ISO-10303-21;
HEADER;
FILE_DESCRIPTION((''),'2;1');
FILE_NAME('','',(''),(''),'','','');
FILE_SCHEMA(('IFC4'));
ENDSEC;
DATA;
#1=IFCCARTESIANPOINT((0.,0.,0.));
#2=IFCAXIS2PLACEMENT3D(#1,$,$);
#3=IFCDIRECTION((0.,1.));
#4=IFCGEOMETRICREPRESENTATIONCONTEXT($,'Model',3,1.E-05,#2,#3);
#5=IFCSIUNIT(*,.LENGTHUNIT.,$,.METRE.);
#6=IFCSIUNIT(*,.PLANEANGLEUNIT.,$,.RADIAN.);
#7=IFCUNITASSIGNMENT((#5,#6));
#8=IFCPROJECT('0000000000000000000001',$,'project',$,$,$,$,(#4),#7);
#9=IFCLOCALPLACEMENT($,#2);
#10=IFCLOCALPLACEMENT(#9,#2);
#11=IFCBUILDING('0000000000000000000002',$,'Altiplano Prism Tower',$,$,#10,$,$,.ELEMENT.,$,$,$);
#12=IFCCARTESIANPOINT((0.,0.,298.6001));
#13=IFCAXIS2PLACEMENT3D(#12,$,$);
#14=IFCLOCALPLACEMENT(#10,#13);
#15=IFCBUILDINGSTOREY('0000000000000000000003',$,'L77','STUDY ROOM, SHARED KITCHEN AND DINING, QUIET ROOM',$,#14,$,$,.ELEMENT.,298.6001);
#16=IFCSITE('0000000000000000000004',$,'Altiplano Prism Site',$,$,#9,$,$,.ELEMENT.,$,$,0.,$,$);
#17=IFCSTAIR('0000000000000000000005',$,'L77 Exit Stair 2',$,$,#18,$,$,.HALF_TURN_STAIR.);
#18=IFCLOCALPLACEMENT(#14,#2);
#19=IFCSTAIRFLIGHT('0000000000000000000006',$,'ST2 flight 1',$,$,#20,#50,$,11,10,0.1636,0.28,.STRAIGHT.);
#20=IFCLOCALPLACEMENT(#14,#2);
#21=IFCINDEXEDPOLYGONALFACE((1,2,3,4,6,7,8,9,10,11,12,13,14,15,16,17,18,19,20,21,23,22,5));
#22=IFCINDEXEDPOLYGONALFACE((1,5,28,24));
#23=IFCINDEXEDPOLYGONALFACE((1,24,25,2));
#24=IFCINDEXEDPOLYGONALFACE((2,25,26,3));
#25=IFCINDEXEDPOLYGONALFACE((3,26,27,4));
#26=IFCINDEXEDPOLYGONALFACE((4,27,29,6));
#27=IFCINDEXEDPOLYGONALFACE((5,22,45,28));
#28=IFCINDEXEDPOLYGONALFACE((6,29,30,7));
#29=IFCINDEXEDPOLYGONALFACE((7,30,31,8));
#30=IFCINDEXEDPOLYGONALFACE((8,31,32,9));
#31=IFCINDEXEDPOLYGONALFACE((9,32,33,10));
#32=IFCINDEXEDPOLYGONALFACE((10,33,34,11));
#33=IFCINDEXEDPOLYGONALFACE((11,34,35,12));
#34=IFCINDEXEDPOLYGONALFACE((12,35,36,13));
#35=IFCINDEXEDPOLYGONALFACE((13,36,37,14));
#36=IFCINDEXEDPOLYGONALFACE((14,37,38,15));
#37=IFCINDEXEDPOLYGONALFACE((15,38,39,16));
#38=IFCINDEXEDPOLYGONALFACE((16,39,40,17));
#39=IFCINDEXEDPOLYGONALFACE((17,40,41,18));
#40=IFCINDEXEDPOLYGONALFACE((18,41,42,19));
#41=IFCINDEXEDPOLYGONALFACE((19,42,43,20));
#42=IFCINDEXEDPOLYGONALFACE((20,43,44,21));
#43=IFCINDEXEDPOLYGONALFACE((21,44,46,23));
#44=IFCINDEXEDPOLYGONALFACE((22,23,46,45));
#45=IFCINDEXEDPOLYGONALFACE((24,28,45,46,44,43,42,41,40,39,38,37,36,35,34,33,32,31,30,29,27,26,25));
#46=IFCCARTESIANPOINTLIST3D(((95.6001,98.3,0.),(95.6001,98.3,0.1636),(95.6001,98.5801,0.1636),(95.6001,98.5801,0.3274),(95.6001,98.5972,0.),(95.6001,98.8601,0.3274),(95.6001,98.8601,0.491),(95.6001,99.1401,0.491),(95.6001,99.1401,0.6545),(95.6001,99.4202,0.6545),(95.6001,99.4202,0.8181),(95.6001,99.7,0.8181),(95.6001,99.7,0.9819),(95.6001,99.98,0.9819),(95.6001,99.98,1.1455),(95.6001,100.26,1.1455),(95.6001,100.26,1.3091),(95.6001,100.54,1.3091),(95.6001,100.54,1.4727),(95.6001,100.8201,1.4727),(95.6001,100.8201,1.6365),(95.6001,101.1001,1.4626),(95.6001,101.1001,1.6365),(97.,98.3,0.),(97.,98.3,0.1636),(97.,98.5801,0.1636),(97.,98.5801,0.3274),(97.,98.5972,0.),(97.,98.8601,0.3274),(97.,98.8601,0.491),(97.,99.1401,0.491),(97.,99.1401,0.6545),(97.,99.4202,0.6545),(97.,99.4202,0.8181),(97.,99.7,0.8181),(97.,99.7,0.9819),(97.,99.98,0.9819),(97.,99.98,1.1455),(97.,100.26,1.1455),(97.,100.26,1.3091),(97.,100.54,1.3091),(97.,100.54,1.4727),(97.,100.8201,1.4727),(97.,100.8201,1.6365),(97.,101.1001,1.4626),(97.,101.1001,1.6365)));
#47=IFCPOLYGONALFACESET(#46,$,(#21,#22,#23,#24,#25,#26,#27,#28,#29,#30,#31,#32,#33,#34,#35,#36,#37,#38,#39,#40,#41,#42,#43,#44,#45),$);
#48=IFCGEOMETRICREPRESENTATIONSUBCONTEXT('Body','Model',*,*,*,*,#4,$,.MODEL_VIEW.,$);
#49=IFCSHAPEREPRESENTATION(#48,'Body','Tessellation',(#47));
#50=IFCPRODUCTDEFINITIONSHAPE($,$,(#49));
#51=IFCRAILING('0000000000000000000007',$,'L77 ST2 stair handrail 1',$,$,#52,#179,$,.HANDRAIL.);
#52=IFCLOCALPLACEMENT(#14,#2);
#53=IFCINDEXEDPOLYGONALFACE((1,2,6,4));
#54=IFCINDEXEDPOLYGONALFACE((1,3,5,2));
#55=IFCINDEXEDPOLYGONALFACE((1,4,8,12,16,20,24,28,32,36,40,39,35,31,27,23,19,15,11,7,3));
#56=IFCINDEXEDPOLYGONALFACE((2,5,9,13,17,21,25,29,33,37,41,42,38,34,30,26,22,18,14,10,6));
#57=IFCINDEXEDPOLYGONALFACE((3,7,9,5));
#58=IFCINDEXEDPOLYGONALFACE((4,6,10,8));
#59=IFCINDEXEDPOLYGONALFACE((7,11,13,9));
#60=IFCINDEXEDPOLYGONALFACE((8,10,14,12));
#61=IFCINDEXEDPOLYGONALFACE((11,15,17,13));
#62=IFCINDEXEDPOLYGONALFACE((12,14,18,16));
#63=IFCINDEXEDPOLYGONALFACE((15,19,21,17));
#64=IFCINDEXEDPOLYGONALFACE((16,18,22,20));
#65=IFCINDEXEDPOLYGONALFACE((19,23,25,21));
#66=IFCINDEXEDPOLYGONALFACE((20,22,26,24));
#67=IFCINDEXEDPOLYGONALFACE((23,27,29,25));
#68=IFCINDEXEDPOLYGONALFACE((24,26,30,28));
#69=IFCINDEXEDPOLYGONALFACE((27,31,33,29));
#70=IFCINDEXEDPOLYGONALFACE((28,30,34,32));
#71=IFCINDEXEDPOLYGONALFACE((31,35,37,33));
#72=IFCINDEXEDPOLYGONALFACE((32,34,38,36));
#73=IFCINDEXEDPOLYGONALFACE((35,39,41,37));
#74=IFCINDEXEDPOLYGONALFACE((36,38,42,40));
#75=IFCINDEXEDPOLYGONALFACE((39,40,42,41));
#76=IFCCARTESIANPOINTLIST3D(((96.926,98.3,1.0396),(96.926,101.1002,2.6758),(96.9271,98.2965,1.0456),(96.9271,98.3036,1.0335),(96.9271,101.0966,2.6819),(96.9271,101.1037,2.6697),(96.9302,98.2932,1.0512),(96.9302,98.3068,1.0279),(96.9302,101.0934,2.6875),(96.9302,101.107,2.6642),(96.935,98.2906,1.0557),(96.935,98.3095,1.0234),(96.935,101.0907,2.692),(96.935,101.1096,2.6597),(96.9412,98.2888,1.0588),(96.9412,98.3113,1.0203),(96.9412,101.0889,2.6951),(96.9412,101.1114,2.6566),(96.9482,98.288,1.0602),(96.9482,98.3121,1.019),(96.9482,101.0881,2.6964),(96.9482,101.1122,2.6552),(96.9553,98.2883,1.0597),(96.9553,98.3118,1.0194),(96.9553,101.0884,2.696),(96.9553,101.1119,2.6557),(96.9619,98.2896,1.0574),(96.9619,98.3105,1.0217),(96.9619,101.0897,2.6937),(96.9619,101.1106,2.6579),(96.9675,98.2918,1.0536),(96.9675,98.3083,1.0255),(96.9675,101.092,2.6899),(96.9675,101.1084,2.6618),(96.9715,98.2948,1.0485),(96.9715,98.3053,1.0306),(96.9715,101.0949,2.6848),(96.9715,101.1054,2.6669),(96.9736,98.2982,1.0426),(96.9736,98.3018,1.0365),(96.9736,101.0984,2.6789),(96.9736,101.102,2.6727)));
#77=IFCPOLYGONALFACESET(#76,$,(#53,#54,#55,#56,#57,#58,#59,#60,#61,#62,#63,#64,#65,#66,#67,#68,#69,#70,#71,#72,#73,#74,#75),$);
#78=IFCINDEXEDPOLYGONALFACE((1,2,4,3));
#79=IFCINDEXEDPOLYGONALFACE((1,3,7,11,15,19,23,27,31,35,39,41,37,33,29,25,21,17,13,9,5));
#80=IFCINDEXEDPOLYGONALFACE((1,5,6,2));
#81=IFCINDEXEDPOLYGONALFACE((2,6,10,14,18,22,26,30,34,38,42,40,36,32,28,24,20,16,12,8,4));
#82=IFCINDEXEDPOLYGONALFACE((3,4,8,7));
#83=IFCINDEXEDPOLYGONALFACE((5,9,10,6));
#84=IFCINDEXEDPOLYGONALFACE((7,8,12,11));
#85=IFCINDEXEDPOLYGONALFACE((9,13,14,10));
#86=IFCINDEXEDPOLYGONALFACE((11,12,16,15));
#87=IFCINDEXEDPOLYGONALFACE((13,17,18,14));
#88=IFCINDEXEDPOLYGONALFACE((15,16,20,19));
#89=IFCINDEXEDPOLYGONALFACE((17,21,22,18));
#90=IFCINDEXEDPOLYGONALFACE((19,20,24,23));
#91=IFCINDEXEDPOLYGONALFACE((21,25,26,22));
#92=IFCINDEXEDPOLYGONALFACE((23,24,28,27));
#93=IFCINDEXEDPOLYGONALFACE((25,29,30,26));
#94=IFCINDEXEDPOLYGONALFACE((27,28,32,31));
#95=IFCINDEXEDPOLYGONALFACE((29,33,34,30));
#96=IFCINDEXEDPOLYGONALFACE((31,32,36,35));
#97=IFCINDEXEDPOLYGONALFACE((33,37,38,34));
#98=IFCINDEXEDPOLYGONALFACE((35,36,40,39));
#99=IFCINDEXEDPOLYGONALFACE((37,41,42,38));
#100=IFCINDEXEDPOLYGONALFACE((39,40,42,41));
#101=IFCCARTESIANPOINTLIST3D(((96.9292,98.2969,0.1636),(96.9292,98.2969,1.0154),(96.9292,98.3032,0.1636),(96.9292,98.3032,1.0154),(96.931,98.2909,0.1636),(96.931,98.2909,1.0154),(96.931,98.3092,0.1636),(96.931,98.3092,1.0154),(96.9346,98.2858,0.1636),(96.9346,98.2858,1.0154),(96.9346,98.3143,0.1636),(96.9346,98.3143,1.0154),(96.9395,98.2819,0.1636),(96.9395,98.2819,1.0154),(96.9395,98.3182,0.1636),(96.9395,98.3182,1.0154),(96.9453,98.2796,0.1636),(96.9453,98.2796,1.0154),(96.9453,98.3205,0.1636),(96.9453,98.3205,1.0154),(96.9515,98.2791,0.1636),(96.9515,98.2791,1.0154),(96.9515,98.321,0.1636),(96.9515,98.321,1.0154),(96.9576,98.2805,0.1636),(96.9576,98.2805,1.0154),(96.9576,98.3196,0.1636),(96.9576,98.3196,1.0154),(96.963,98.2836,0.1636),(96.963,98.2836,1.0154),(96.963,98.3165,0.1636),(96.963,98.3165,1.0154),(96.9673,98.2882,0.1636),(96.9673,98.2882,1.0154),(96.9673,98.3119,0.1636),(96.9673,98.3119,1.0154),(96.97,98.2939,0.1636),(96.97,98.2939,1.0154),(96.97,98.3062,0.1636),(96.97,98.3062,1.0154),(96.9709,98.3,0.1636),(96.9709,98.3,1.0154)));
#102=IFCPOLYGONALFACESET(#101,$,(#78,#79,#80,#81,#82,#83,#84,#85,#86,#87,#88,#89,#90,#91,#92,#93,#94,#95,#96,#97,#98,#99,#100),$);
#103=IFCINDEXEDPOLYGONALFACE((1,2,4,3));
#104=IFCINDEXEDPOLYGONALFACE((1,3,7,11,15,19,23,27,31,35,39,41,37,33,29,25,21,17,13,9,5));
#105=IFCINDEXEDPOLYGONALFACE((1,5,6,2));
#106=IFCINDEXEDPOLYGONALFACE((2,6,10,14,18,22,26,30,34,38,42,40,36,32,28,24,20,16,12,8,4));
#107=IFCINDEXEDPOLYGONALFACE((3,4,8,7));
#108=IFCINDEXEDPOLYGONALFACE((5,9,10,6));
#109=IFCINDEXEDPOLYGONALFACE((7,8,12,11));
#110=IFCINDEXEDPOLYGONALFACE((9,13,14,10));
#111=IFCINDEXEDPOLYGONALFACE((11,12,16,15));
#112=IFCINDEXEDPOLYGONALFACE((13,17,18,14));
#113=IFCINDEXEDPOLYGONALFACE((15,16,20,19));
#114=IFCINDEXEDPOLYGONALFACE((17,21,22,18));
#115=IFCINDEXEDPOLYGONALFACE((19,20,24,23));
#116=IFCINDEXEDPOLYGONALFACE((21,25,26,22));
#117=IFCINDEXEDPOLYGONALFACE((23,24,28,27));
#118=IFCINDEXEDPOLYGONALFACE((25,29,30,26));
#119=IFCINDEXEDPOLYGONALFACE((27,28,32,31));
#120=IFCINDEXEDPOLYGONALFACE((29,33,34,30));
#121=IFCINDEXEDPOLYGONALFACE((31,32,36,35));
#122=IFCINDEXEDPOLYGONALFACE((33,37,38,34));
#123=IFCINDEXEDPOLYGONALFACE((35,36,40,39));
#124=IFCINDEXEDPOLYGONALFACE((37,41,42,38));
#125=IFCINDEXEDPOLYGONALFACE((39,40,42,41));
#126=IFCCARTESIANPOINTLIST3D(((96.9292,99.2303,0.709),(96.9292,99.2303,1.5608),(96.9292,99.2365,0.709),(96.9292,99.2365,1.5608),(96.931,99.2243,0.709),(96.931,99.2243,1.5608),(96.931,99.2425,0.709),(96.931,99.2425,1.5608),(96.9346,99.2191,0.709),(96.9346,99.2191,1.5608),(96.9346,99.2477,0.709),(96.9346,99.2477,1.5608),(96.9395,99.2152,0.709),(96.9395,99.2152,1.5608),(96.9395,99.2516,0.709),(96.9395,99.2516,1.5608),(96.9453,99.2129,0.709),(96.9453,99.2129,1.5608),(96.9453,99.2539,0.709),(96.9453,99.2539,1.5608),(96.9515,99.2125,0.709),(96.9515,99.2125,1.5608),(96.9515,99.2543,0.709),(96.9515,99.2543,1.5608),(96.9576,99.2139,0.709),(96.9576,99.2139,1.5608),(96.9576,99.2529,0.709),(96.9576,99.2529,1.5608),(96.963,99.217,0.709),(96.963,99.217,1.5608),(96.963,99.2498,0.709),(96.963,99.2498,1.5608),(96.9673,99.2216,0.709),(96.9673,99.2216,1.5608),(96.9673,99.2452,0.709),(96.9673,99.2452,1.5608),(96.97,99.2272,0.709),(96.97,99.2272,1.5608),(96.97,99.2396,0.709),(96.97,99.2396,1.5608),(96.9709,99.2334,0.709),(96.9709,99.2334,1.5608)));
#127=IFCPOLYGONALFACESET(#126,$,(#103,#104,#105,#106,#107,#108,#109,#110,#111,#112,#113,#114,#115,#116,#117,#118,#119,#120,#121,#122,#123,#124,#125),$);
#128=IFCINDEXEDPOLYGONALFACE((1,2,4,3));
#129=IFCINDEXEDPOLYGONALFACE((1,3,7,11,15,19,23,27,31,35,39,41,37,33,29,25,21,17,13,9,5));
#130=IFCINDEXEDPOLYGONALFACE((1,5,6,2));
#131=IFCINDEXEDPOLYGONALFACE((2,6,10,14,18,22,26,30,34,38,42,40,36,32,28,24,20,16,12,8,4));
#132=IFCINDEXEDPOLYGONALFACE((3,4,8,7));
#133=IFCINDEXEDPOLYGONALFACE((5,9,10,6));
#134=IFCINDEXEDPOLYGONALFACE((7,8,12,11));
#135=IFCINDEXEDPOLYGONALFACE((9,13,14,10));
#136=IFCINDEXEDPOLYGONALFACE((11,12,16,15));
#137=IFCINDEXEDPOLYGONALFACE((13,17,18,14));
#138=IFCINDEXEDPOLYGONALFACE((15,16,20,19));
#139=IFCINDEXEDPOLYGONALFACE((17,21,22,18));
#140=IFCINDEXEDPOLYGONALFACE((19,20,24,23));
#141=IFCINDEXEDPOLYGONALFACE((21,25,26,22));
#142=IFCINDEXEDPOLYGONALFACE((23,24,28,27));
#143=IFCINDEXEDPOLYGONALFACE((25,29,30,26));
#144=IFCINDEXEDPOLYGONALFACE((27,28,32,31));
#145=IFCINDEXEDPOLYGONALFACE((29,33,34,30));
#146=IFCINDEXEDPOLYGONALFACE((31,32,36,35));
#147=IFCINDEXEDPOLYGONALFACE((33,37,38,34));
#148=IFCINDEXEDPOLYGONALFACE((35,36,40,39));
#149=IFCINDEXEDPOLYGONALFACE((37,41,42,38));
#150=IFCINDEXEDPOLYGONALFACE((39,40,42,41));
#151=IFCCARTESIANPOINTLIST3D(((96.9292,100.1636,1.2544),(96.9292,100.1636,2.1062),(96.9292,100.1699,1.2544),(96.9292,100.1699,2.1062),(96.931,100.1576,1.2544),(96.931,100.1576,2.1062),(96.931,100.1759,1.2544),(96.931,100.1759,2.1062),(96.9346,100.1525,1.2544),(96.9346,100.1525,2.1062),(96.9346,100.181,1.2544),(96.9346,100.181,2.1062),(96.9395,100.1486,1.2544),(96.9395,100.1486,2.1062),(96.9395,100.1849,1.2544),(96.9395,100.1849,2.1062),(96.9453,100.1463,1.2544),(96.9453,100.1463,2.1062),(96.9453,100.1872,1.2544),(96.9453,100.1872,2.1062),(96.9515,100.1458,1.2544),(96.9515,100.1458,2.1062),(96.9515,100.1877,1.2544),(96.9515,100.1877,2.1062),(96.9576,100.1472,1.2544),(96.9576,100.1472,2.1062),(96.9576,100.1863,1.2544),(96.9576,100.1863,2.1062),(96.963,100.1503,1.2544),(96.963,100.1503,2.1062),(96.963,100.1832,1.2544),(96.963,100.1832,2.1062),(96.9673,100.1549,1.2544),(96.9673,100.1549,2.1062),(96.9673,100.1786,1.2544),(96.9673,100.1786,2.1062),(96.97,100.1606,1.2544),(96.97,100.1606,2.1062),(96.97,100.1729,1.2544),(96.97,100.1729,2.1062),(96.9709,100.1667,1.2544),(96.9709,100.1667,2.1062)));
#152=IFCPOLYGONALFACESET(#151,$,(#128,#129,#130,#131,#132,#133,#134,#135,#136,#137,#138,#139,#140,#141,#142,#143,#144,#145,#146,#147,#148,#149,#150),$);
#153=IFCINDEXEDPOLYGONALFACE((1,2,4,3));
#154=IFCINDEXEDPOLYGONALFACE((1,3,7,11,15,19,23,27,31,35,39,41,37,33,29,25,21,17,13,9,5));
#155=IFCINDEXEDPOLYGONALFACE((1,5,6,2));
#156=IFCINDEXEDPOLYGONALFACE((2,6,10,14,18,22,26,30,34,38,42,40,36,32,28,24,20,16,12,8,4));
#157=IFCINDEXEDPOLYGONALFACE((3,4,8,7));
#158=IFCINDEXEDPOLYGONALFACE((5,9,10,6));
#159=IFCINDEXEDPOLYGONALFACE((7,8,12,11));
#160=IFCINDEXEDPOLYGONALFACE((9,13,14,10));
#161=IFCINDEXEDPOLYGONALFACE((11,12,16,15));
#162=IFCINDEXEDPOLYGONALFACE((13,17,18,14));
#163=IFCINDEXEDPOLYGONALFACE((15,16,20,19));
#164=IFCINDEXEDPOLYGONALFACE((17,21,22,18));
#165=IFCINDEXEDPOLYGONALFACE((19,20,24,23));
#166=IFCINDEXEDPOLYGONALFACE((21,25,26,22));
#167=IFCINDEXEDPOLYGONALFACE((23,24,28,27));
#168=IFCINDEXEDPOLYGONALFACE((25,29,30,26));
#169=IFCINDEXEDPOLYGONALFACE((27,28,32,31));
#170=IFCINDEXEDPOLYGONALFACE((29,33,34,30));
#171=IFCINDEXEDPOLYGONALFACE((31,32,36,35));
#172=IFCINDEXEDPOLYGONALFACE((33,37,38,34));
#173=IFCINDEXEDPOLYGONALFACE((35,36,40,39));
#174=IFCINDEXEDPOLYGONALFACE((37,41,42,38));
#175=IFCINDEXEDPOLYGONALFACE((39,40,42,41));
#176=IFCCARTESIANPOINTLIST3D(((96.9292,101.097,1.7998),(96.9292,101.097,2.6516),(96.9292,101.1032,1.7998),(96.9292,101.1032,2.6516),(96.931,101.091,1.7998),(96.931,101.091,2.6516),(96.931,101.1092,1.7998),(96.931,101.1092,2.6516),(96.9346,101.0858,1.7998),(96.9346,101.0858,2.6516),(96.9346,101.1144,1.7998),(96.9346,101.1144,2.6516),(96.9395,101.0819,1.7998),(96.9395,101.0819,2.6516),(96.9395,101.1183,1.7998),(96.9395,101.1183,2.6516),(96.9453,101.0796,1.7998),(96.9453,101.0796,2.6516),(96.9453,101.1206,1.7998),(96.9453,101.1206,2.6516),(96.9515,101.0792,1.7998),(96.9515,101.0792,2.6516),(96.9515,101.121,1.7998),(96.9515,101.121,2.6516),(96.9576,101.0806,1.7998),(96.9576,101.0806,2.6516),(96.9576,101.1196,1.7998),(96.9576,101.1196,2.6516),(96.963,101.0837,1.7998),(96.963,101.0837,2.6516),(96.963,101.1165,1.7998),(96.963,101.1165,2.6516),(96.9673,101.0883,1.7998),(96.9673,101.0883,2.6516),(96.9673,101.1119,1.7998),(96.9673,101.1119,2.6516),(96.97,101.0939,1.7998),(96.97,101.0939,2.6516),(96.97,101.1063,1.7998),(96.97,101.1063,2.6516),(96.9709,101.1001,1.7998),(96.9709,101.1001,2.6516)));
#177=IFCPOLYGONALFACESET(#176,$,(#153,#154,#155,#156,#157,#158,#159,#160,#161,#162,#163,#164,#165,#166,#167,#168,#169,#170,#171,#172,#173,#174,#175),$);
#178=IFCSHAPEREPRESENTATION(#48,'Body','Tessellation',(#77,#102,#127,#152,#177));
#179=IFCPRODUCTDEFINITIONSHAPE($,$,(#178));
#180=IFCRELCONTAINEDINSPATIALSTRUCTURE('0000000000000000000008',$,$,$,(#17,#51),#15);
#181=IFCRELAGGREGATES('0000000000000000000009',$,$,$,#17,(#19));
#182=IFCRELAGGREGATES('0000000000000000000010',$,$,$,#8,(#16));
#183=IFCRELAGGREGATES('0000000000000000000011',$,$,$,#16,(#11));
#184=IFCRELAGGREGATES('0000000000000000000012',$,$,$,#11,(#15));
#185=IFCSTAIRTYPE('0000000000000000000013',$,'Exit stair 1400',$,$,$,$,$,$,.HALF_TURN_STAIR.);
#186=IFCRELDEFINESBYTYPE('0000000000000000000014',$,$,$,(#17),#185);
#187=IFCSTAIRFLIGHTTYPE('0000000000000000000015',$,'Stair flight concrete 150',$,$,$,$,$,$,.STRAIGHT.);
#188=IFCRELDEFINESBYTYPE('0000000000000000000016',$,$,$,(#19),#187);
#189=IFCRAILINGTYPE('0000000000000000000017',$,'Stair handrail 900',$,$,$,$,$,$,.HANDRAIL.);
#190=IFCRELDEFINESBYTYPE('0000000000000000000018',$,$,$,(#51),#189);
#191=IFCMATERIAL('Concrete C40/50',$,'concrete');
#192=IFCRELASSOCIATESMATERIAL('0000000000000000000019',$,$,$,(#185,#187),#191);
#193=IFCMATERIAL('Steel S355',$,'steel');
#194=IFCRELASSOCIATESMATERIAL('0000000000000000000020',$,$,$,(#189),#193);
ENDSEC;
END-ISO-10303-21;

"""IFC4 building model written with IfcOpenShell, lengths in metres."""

from ifc_helpers import new_model, si_unit, direction, frame, origin, origin_2d, place, context, subcontext, project, spatial, polyline, circle, outline, extrude, material, type_object, element, aggregate, save


model = new_model("IFC4")

# Units and contexts
model_context = context("Model", 3, precision=1e-05, world=origin(), true_north=direction((0.0, 1.0)))
body_context = subcontext(model_context, "Body", "Model", "MODEL_VIEW")
ifc_project = project(units=[si_unit("LENGTHUNIT", "METRE"), si_unit("PLANEANGLEUNIT", "RADIAN")], contexts=[model_context])

# Site, building, storey
site_placement = place(None, origin())
site = spatial("IfcSite", under=ifc_project, at=site_placement, Name="Altiplano Prism Site", CompositionType="ELEMENT", RefElevation=0.0)
building_placement = place(site_placement, origin())
building = spatial("IfcBuilding", under=site, at=building_placement, Name="Altiplano Prism Tower", CompositionType="ELEMENT")
storey_placement = place(building_placement, frame((0.0, 0.0, 298.6001)))
storey = spatial("IfcBuildingStorey", under=building, at=storey_placement, Name="L77", Description="STUDY ROOM, SHARED KITCHEN AND DINING, QUIET ROOM", CompositionType="ELEMENT", Elevation=298.6001)

# Stair, stair flight
ifc_material_1 = material(Name="Concrete C40/50", Category="concrete")
stair_type = type_object("IfcStairType", Name="Exit stair 1400", PredefinedType="HALF_TURN_STAIR", material=ifc_material_1)
stair_placement = place(storey_placement, origin())
stair = element("IfcStair", 1, at=stair_placement, inside=storey, type_object=stair_type, Name="L77 Exit Stair 2", PredefinedType="HALF_TURN_STAIR")
stair_flight_type = type_object("IfcStairFlightType", Name="Stair flight concrete 150", PredefinedType="STRAIGHT", material=ifc_material_1)
stair_flight_placement = place(storey_placement, frame((96.3, 98.3, 0.0), z_axis=(0.0, 0.0, 1.0), x_axis=(0.0, 1.0, 0.0)))
stair_flight = element("IfcStairFlight", 2, at=stair_flight_placement, type_object=stair_flight_type, Name="ST2 flight 1", NumberOfRisers=11, NumberOfTreads=10, PredefinedType="STRAIGHT", RiserHeight=0.1636, TreadLength=0.28, context=body_context, shape_type="SweptSolid", body=[
    extrude(outline(polyline([(0.0, 0.0), (0.0, 0.1636), (0.28, 0.1636), (0.28, 0.3274), (0.5601, 0.3274), (0.5601, 0.491), (0.8401, 0.491), (0.8401, 0.6545), (1.1201, 0.6545), (1.1201, 0.8181), (1.3999, 0.8181), (1.3999, 0.9819), (1.6799, 0.9819), (1.6799, 1.1455), (1.96, 1.1455), (1.96, 1.3091), (2.24, 1.3091), (2.24, 1.4727), (2.52, 1.4727), (2.52, 1.6365), (2.8, 1.6365), (2.8, 1.8), (2.8, 1.4626), (0.2971, 0.0), (0.0, 0.0)])), frame((0.0, 0.7, 0.0), z_axis=(0.0, -1.0, 0.0), x_axis=(1.0, 0.0, 0.0)), (0.0, 0.0, 1.0), 1.3999),
])
aggregate(stair, [stair_flight])

# Railing
ifc_material_2 = material(Name="Steel S355", Category="steel")
railing_type_1 = type_object("IfcRailingType", Name="Stair handrail 900", PredefinedType="HANDRAIL", material=ifc_material_2)
railing_1_placement = place(storey_placement, frame((96.95, 98.3, 0.1636)))
element("IfcRailing", 3, at=railing_1_placement, inside=storey, type_object=railing_type_1, Name="L77 ST2 stair handrail 1", PredefinedType="HANDRAIL", context=body_context, shape_type="SweptSolid", body=[
    extrude(circle(Radius=0.0239, at=origin_2d()), frame((0.0, 0.0, 0.876), z_axis=(0.0, 0.863394, 0.504531), x_axis=(-1.0, 0.0, 0.0)), (0.0, 0.0, 1.0), 3.2432),
    extrude(circle(Radius=0.021, at=origin_2d()), origin(), (0.0, 0.0, 1.0), 0.8518),
    extrude(circle(Radius=0.021, at=origin_2d()), frame((0.0, 0.9333, 0.5454)), (0.0, 0.0, 1.0), 0.8518),
    extrude(circle(Radius=0.021, at=origin_2d()), frame((0.0, 1.8667, 1.0908)), (0.0, 0.0, 1.0), 0.8518),
    extrude(circle(Radius=0.021, at=origin_2d()), frame((0.0, 2.8, 1.6362)), (0.0, 0.0, 1.0), 0.8518),
])

save(model, "model.ifc")
